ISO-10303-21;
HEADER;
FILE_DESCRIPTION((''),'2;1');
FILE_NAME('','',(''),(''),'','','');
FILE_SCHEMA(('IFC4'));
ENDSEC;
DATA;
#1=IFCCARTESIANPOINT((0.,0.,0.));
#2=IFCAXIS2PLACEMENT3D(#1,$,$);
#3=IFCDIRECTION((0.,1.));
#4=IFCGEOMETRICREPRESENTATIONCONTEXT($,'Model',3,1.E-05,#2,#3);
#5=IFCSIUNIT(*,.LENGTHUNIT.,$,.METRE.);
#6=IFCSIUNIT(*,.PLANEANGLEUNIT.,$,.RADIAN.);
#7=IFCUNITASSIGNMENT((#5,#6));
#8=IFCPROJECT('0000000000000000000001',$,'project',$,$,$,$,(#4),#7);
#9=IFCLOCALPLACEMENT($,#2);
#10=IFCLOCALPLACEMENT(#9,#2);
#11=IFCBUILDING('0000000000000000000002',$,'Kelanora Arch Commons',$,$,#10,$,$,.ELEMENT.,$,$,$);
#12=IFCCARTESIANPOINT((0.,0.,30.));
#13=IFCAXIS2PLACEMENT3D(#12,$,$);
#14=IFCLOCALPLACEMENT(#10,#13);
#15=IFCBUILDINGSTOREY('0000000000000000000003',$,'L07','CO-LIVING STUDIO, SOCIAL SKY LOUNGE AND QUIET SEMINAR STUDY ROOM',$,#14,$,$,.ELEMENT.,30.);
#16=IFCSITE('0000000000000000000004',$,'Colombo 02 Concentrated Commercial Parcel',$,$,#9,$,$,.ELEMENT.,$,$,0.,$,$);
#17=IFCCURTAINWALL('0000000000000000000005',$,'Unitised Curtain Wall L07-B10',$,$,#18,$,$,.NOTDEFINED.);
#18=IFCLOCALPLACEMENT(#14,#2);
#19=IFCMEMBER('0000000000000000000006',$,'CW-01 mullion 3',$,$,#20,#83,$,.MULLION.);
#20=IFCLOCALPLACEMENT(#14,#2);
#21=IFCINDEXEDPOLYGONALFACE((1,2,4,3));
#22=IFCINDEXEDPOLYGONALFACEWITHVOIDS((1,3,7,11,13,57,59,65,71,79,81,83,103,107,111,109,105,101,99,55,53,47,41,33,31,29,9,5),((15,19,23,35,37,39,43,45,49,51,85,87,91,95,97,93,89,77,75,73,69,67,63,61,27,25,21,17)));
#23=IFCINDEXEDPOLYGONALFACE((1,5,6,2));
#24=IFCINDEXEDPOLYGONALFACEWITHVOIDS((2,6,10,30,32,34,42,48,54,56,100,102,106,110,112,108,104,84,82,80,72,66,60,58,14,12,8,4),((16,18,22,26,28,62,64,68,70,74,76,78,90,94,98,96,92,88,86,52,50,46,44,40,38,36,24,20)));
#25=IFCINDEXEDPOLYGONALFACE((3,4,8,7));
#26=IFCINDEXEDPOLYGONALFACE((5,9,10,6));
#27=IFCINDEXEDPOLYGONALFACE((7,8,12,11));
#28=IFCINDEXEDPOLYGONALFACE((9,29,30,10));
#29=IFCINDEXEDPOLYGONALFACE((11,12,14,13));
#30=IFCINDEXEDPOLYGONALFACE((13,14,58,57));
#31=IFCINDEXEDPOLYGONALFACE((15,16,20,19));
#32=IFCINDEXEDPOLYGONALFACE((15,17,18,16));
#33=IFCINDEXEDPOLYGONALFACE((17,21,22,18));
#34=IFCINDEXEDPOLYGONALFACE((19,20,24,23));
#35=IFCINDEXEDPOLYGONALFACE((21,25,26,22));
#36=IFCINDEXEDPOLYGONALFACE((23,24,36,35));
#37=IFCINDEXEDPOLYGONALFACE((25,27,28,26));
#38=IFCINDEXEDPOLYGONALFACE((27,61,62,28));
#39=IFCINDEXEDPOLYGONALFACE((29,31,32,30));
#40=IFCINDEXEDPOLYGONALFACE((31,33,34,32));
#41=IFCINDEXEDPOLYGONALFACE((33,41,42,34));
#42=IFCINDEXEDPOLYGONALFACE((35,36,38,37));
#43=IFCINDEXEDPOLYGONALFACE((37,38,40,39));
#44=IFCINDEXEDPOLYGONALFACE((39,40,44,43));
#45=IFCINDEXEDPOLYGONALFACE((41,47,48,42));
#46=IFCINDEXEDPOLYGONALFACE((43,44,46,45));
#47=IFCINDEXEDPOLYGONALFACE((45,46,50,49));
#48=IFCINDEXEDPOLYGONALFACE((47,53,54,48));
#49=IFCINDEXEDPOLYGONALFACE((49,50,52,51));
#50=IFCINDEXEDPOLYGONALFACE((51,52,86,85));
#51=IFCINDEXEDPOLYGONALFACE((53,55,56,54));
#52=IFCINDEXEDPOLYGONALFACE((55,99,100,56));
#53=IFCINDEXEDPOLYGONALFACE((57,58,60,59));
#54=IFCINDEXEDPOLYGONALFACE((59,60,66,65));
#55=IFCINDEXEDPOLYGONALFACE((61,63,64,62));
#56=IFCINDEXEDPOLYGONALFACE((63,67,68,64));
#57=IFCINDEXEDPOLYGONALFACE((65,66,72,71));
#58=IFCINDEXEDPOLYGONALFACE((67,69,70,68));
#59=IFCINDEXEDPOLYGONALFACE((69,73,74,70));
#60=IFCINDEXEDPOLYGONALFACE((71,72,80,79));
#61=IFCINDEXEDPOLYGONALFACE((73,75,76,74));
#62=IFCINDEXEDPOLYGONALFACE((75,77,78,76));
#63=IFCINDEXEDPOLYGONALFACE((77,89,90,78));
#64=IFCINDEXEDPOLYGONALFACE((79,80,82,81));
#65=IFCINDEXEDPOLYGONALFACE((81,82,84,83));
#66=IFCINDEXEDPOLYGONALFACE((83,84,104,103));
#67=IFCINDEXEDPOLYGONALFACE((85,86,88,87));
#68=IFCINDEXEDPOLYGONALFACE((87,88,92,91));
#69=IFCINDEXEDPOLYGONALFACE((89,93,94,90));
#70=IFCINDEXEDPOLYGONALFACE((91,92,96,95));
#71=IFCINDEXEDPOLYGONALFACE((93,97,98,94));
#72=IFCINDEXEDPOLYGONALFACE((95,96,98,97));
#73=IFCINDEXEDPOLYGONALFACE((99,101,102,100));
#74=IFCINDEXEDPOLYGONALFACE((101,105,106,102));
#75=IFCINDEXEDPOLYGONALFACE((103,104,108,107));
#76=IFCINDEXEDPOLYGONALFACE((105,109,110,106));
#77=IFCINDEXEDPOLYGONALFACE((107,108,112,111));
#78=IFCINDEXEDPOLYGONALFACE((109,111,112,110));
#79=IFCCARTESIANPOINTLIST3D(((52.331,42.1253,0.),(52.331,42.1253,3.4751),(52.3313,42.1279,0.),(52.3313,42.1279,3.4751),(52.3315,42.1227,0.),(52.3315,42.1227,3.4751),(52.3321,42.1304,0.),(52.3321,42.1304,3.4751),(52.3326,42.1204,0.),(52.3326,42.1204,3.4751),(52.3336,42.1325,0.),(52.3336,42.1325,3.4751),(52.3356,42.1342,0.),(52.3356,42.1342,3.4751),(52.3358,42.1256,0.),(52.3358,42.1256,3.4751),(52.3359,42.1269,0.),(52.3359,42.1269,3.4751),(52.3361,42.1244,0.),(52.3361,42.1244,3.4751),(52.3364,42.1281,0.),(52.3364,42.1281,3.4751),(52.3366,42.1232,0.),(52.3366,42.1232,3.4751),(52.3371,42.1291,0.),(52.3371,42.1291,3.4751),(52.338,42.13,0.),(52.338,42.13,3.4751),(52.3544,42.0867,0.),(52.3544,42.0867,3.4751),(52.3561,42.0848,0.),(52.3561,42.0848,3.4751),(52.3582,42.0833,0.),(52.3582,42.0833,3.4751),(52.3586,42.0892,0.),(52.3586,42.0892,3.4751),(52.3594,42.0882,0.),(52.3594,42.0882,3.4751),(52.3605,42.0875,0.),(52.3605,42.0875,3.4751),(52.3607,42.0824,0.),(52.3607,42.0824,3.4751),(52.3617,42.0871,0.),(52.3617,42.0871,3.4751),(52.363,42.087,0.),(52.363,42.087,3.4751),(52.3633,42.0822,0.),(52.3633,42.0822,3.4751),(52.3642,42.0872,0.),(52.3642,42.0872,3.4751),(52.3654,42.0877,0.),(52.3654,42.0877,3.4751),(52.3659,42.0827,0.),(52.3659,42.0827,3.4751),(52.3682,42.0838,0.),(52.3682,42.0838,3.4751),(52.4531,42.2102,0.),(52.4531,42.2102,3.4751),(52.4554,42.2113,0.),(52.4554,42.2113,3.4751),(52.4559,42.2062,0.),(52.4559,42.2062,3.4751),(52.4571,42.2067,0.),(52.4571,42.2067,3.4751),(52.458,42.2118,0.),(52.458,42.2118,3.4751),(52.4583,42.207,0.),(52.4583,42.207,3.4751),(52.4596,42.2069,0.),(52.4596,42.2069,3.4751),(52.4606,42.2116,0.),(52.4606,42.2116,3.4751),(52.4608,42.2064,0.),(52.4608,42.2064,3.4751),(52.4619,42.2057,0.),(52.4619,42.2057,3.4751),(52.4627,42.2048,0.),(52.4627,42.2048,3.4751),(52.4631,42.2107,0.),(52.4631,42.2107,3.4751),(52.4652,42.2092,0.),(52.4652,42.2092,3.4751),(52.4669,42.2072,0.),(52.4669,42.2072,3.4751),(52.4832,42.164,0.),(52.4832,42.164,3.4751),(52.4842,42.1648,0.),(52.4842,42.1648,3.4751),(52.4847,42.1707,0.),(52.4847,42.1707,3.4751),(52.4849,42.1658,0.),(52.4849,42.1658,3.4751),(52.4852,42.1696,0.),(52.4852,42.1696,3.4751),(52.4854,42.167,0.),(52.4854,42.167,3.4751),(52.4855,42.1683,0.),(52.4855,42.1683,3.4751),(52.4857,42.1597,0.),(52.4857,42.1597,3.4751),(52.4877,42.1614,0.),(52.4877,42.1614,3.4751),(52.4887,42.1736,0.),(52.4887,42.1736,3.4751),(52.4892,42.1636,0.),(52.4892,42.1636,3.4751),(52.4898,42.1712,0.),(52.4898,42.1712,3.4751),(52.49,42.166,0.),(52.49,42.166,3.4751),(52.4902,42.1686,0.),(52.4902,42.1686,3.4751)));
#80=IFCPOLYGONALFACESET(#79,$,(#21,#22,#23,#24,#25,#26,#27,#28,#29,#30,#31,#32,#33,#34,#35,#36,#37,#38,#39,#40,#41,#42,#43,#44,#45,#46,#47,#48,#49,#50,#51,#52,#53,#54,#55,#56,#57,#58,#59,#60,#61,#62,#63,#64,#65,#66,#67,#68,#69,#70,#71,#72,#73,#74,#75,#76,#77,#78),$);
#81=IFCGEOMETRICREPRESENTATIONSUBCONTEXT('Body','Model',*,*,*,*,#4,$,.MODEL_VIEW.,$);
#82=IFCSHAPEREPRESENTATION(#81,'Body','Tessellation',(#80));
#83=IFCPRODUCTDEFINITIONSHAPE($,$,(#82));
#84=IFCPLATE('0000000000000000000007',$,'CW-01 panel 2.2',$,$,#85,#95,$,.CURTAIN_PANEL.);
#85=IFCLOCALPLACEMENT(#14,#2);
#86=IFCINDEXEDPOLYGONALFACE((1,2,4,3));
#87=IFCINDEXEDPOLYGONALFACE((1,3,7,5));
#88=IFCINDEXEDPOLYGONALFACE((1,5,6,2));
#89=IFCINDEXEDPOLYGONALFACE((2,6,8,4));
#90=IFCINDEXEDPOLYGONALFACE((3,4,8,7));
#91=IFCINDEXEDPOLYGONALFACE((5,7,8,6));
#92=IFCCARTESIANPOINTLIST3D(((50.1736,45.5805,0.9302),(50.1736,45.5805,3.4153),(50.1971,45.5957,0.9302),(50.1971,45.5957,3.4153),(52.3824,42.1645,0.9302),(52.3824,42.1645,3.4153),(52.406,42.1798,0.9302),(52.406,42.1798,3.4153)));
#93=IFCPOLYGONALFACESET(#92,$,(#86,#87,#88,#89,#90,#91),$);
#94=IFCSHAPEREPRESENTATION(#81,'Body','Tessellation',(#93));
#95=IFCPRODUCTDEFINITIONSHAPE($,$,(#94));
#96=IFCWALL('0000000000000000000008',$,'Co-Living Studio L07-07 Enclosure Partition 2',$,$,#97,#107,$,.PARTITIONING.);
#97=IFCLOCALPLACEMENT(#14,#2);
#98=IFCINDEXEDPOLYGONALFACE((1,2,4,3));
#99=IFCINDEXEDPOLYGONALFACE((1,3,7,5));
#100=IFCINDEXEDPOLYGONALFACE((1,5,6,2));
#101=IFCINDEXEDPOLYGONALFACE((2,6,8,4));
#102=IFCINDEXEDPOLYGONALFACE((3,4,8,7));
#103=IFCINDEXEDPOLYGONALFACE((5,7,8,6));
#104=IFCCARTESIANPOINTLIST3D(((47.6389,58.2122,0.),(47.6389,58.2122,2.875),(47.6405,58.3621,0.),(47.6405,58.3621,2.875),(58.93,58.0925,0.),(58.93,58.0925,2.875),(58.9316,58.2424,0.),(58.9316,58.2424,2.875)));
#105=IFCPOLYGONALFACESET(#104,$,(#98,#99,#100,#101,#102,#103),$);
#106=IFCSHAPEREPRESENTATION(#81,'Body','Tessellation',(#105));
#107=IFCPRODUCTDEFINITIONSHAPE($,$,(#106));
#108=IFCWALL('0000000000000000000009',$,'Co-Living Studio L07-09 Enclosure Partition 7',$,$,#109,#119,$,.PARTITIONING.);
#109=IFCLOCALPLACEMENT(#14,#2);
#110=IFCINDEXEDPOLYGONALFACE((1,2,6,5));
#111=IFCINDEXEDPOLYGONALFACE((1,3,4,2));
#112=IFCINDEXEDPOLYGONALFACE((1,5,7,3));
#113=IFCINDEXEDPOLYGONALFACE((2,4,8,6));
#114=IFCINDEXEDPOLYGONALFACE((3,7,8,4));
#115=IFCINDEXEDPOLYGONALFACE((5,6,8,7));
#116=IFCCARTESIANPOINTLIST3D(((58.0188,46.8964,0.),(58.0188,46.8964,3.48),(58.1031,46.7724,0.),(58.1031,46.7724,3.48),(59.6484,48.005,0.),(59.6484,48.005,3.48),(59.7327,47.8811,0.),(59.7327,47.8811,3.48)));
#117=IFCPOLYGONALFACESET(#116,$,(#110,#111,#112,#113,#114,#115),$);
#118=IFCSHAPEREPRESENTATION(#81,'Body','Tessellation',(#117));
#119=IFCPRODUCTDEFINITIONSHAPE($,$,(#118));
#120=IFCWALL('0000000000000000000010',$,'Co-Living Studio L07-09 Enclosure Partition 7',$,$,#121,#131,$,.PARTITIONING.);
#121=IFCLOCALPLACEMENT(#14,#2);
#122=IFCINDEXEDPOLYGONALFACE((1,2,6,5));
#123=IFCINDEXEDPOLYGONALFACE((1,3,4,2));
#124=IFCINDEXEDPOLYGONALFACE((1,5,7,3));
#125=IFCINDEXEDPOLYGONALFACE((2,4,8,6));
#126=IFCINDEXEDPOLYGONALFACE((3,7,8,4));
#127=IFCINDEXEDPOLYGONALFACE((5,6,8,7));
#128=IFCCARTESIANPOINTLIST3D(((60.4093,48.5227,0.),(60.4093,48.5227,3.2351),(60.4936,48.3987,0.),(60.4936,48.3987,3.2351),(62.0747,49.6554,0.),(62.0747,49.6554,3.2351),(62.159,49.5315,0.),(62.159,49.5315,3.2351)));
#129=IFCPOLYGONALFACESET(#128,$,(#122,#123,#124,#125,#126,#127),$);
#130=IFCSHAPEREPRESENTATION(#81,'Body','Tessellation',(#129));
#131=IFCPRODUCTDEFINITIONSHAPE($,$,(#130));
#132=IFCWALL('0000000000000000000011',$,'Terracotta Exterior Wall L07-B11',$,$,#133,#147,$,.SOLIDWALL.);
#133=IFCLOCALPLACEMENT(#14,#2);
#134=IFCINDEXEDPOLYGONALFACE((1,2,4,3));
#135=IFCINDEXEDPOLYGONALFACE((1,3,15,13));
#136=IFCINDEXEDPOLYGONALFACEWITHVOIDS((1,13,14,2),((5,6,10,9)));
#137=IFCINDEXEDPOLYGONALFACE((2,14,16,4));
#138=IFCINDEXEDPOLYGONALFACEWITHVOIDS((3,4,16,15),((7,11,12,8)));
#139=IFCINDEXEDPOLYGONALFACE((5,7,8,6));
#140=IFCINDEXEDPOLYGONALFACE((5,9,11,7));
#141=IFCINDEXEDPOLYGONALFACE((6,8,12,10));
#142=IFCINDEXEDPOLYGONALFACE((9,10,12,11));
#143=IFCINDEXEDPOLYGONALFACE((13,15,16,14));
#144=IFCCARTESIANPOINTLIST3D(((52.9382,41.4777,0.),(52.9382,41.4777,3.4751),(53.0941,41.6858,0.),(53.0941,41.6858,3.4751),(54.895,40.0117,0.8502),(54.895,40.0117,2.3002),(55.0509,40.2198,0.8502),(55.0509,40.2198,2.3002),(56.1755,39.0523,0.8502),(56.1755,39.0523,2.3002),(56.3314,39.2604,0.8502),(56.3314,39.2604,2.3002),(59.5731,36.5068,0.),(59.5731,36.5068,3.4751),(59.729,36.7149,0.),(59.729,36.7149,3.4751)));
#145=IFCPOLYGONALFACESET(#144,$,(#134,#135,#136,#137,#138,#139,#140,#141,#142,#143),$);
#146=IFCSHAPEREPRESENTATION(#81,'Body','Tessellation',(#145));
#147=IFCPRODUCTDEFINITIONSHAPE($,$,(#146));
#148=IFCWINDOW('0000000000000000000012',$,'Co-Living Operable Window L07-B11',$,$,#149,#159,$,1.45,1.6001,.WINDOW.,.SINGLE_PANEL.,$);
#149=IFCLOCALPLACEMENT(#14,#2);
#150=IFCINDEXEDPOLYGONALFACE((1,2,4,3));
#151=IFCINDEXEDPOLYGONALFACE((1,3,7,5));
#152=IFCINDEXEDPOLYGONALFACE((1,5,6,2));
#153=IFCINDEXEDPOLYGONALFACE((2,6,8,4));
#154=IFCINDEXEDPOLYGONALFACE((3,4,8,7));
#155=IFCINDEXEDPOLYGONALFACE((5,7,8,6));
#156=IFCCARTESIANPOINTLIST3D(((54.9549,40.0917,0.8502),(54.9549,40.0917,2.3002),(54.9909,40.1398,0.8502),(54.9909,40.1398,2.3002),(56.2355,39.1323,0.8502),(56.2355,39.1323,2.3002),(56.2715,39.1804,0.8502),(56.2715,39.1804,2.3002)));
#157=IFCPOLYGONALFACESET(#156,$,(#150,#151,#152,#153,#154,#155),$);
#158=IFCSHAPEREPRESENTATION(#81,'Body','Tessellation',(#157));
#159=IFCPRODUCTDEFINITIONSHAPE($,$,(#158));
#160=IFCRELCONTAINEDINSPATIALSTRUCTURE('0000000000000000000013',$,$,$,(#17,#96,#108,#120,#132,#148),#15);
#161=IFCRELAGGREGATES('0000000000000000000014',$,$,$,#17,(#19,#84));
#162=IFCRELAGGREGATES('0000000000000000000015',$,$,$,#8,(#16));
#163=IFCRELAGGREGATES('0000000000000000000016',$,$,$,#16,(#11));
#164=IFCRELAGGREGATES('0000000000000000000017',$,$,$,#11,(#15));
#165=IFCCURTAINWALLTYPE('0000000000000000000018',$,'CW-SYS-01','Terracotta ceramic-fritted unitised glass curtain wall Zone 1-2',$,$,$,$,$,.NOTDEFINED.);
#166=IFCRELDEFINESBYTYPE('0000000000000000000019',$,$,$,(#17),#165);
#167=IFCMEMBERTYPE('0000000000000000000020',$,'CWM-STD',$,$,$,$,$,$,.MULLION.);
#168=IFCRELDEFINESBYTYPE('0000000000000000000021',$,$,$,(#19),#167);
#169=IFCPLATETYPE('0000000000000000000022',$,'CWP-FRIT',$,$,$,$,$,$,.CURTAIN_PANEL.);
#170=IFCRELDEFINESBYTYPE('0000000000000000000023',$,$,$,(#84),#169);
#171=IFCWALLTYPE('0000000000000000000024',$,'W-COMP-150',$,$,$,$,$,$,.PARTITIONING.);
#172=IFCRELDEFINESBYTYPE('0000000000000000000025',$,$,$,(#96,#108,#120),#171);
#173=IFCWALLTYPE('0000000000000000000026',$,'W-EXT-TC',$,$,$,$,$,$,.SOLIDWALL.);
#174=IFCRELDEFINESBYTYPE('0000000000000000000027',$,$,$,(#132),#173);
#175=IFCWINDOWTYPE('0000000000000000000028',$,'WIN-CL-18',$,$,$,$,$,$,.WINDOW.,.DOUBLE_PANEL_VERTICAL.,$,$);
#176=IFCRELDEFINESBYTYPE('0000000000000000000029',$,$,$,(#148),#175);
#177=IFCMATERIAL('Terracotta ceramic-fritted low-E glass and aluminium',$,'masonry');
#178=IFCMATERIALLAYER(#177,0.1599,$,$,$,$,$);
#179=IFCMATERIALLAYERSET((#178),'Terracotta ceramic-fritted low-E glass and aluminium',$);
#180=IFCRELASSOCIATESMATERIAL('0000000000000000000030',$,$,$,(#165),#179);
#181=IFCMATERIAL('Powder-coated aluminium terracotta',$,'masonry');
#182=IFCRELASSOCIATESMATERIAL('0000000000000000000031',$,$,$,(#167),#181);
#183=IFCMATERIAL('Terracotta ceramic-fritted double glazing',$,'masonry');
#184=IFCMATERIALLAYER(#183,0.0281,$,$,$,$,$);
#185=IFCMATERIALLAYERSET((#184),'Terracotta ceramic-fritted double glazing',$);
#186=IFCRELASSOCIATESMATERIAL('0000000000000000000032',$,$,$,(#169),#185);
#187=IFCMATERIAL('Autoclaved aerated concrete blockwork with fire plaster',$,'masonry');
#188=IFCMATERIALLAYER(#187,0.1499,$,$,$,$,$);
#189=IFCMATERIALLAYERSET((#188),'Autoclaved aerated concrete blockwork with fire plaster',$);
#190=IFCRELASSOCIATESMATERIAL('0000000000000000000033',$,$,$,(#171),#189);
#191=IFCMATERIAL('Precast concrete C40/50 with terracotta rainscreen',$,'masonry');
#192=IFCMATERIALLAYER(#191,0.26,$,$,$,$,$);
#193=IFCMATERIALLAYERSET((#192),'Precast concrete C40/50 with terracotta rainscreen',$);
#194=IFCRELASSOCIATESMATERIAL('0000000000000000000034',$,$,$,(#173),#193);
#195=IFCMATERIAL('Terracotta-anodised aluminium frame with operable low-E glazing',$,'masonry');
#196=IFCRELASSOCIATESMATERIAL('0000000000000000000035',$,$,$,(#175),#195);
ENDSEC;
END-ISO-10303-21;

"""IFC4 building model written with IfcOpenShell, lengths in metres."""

from ifc_helpers import new_model, si_unit, direction, frame, frame_2d, origin, origin_2d, place, context, subcontext, project, spatial, rectangle, hollow_rectangle, extrude, source, transform, mapped, material, layer, layer_set, material_profile, profile_set, type_object, element, fill, aggregate, save


model = new_model("IFC4")

# Units and contexts
model_context = context("Model", 3, precision=1e-05, world=origin(), true_north=direction((0.0, 1.0)))
body_context = subcontext(model_context, "Body", "Model", "MODEL_VIEW")
ifc_project = project(units=[si_unit("LENGTHUNIT", "METRE"), si_unit("PLANEANGLEUNIT", "RADIAN")], contexts=[model_context])

# Site, building, storey
site_placement = place(None, origin())
site = spatial("IfcSite", under=ifc_project, at=site_placement, Name="Colombo 02 Concentrated Commercial Parcel", CompositionType="ELEMENT", RefElevation=0.0)
building_placement = place(site_placement, origin())
building = spatial("IfcBuilding", under=site, at=building_placement, Name="Kelanora Arch Commons", CompositionType="ELEMENT")
storey_placement = place(building_placement, frame((0.0, 0.0, 30.0)))
storey = spatial("IfcBuildingStorey", under=building, at=storey_placement, Name="L07", Description="CO-LIVING STUDIO, SOCIAL SKY LOUNGE AND QUIET SEMINAR STUDY ROOM", CompositionType="ELEMENT", Elevation=30.0)

# Curtain wall, member, plate
ifc_material_1 = material(Name="Terracotta ceramic-fritted low-E glass and aluminium", Category="masonry")
ifc_layer_1 = layer(ifc_material_1, 0.1599)
ifc_layer_set_1 = layer_set([ifc_layer_1], Name="Terracotta ceramic-fritted low-E glass and aluminium")
curtain_wall_type = type_object("IfcCurtainWallType", Name="CW-SYS-01", Description="Terracotta ceramic-fritted unitised glass curtain wall Zone 1-2", PredefinedType="NOTDEFINED", material=ifc_layer_set_1)
curtain_wall_placement = place(storey_placement, origin())
curtain_wall = element("IfcCurtainWall", 1, at=curtain_wall_placement, inside=storey, type_object=curtain_wall_type, Name="Unitised Curtain Wall L07-B10", PredefinedType="NOTDEFINED")
ifc_material_2 = material(Name="Powder-coated aluminium terracotta", Category="masonry")
ifc_material_profile_1 = material_profile(ifc_material_2, hollow_rectangle(XDim=0.1599, YDim=0.0601, WallThickness=0.0049, InnerFilletRadius=0.0049, OuterFilletRadius=0.01, at=origin_2d()), Name="CWM160x60")
ifc_profile_set_1 = profile_set([ifc_material_profile_1], Name="Powder-coated aluminium terracotta")
member_type = type_object("IfcMemberType", Name="CWM-STD", PredefinedType="MULLION", material=ifc_profile_set_1)
member_placement = place(storey_placement, frame((52.4106, 42.147, 0.0), z_axis=(0.0, 0.0, 1.0), x_axis=(0.83973, 0.543004, 0.0)))
member = element("IfcMember", 2, at=member_placement, type_object=member_type, Name="CW-01 mullion 3", PredefinedType="MULLION", context=body_context, shape_type="SweptSolid", body=[
    extrude(hollow_rectangle(XDim=0.1599, YDim=0.0601, WallThickness=0.0049, InnerFilletRadius=0.0049, OuterFilletRadius=0.01, at=origin_2d()), origin(), (0.0, 0.0, 1.0), 3.4751),
])
ifc_material_3 = material(Name="Terracotta ceramic-fritted double glazing", Category="masonry")
ifc_layer_2 = layer(ifc_material_3, 0.0281)
ifc_layer_set_2 = layer_set([ifc_layer_2], Name="Terracotta ceramic-fritted double glazing")
plate_type = type_object("IfcPlateType", Name="CWP-FRIT", PredefinedType="CURTAIN_PANEL", material=ifc_layer_set_2)
shared_shape_1 = source(origin(), body_context, "Body", "SweptSolid", [
    extrude(rectangle(XDim=4.0679, YDim=0.0281, at=origin_2d()), origin(), (0.0, 0.0, 1.0), 2.4851),
])
plate_placement = place(storey_placement, frame((51.2898, 43.8801, 0.9302), z_axis=(0.0, 0.0, 1.0), x_axis=(0.543004, -0.83973, 0.0)))
plate = element("IfcPlate", 3, at=plate_placement, type_object=plate_type, Name="CW-01 panel 2.2", PredefinedType="CURTAIN_PANEL", context=body_context, shape_type="MappedRepresentation", body=[
    mapped(shared_shape_1, transform((0.0, 0.0, 0.0), scale=1.0)),
])
aggregate(curtain_wall, [member, plate])

# Walls
ifc_material_4 = material(Name="Autoclaved aerated concrete blockwork with fire plaster", Category="masonry")
ifc_layer_3 = layer(ifc_material_4, 0.1499)
ifc_layer_set_3 = layer_set([ifc_layer_3], Name="Autoclaved aerated concrete blockwork with fire plaster")
wall_type_1 = type_object("IfcWallType", Name="W-COMP-150", PredefinedType="PARTITIONING", material=ifc_layer_set_3)
wall_1_placement = place(storey_placement, frame((58.9309, 58.1675, 0.0), z_axis=(0.0, 0.0, 1.0), x_axis=(-0.999944, 0.010594, 0.0)))
element("IfcWall", 4, at=wall_1_placement, inside=storey, type_object=wall_type_1, Name="Co-Living Studio L07-07 Enclosure Partition 2", PredefinedType="PARTITIONING", context=body_context, shape_type="SweptSolid", body=[
    extrude(rectangle(XDim=11.2917, YDim=0.1499, at=frame_2d((5.646, 0.0))), origin(), (0.0, 0.0, 1.0), 2.875),
])
wall_2_placement = place(storey_placement, frame((58.061, 46.8345, 0.0), z_axis=(0.0, 0.0, 1.0), x_axis=(0.826811, 0.562479, 0.0)))
element("IfcWall", 5, at=wall_2_placement, inside=storey, type_object=wall_type_1, Name="Co-Living Studio L07-09 Enclosure Partition 7", PredefinedType="PARTITIONING", context=body_context, shape_type="SweptSolid", body=[
    extrude(rectangle(XDim=1.9709, YDim=0.1499, at=frame_2d((0.9854, 0.0))), origin(), (0.0, 0.0, 1.0), 3.48),
])
wall_3_placement = place(storey_placement, frame((60.4514, 48.4607, 0.0), z_axis=(0.0, 0.0, 1.0), x_axis=(0.826868, 0.562396, 0.0)))
element("IfcWall", 6, at=wall_3_placement, inside=storey, type_object=wall_type_1, Name="Co-Living Studio L07-09 Enclosure Partition 7", PredefinedType="PARTITIONING", context=body_context, shape_type="SweptSolid", body=[
    extrude(rectangle(XDim=2.0142, YDim=0.1499, at=frame_2d((1.0071, 0.0))), origin(), (0.0, 0.0, 1.0), 3.2351),
])

# Wall, opening, window
ifc_material_5 = material(Name="Precast concrete C40/50 with terracotta rainscreen", Category="masonry")
ifc_layer_4 = layer(ifc_material_5, 0.26)
ifc_layer_set_4 = layer_set([ifc_layer_4], Name="Precast concrete C40/50 with terracotta rainscreen")
wall_type_2 = type_object("IfcWallType", Name="W-EXT-TC", PredefinedType="SOLIDWALL", material=ifc_layer_set_4)
wall_4_placement = place(storey_placement, frame((53.0161, 41.5818, 0.0), z_axis=(0.0, 0.0, 1.0), x_axis=(0.800307, -0.59959, 0.0)))
wall_4 = element("IfcWall", 7, at=wall_4_placement, inside=storey, type_object=wall_type_2, Name="Terracotta Exterior Wall L07-B11", PredefinedType="SOLIDWALL", context=body_context, shape_type="SweptSolid", body=[
    extrude(rectangle(XDim=8.2905, YDim=0.26, at=frame_2d((4.1453, 0.0))), origin(), (0.0, 0.0, 1.0), 3.4751),
])
opening_1_placement = place(wall_4_placement, frame((2.4451, 0.0, 0.8501)))
opening_1 = element("IfcOpeningElement", 8, at=opening_1_placement, cuts=wall_4, PredefinedType="OPENING", context=body_context, shape_type="SweptSolid", body=[
    extrude(rectangle(XDim=1.6001, YDim=1.45, at=frame_2d((0.8, 0.7251))), frame((0.0, 0.1401, 0.0), z_axis=(0.0, -1.0, 0.0), x_axis=(1.0, 0.0, 0.0)), (0.0, 0.0, 1.0), 0.28),
])
ifc_material_6 = material(Name="Terracotta-anodised aluminium frame with operable low-E glazing", Category="masonry")
window_type = type_object("IfcWindowType", Name="WIN-CL-18", PartitioningType="DOUBLE_PANEL_VERTICAL", PredefinedType="WINDOW", material=ifc_material_6)
window_1_placement = place(opening_1_placement, origin())
window_1 = element("IfcWindow", 9, at=window_1_placement, inside=storey, type_object=window_type, Name="Co-Living Operable Window L07-B11", OverallHeight=1.45, OverallWidth=1.6001, PartitioningType="SINGLE_PANEL", PredefinedType="WINDOW", context=body_context, shape_type="SweptSolid", body=[
    extrude(rectangle(XDim=1.6001, YDim=1.45, at=frame_2d((0.8, 0.7251))), frame((0.0, 0.03, 0.0), z_axis=(0.0, -1.0, 0.0), x_axis=(1.0, 0.0, 0.0)), (0.0, 0.0, 1.0), 0.0601),
])
fill(opening_1, window_1)

save(model, "model.ifc")
